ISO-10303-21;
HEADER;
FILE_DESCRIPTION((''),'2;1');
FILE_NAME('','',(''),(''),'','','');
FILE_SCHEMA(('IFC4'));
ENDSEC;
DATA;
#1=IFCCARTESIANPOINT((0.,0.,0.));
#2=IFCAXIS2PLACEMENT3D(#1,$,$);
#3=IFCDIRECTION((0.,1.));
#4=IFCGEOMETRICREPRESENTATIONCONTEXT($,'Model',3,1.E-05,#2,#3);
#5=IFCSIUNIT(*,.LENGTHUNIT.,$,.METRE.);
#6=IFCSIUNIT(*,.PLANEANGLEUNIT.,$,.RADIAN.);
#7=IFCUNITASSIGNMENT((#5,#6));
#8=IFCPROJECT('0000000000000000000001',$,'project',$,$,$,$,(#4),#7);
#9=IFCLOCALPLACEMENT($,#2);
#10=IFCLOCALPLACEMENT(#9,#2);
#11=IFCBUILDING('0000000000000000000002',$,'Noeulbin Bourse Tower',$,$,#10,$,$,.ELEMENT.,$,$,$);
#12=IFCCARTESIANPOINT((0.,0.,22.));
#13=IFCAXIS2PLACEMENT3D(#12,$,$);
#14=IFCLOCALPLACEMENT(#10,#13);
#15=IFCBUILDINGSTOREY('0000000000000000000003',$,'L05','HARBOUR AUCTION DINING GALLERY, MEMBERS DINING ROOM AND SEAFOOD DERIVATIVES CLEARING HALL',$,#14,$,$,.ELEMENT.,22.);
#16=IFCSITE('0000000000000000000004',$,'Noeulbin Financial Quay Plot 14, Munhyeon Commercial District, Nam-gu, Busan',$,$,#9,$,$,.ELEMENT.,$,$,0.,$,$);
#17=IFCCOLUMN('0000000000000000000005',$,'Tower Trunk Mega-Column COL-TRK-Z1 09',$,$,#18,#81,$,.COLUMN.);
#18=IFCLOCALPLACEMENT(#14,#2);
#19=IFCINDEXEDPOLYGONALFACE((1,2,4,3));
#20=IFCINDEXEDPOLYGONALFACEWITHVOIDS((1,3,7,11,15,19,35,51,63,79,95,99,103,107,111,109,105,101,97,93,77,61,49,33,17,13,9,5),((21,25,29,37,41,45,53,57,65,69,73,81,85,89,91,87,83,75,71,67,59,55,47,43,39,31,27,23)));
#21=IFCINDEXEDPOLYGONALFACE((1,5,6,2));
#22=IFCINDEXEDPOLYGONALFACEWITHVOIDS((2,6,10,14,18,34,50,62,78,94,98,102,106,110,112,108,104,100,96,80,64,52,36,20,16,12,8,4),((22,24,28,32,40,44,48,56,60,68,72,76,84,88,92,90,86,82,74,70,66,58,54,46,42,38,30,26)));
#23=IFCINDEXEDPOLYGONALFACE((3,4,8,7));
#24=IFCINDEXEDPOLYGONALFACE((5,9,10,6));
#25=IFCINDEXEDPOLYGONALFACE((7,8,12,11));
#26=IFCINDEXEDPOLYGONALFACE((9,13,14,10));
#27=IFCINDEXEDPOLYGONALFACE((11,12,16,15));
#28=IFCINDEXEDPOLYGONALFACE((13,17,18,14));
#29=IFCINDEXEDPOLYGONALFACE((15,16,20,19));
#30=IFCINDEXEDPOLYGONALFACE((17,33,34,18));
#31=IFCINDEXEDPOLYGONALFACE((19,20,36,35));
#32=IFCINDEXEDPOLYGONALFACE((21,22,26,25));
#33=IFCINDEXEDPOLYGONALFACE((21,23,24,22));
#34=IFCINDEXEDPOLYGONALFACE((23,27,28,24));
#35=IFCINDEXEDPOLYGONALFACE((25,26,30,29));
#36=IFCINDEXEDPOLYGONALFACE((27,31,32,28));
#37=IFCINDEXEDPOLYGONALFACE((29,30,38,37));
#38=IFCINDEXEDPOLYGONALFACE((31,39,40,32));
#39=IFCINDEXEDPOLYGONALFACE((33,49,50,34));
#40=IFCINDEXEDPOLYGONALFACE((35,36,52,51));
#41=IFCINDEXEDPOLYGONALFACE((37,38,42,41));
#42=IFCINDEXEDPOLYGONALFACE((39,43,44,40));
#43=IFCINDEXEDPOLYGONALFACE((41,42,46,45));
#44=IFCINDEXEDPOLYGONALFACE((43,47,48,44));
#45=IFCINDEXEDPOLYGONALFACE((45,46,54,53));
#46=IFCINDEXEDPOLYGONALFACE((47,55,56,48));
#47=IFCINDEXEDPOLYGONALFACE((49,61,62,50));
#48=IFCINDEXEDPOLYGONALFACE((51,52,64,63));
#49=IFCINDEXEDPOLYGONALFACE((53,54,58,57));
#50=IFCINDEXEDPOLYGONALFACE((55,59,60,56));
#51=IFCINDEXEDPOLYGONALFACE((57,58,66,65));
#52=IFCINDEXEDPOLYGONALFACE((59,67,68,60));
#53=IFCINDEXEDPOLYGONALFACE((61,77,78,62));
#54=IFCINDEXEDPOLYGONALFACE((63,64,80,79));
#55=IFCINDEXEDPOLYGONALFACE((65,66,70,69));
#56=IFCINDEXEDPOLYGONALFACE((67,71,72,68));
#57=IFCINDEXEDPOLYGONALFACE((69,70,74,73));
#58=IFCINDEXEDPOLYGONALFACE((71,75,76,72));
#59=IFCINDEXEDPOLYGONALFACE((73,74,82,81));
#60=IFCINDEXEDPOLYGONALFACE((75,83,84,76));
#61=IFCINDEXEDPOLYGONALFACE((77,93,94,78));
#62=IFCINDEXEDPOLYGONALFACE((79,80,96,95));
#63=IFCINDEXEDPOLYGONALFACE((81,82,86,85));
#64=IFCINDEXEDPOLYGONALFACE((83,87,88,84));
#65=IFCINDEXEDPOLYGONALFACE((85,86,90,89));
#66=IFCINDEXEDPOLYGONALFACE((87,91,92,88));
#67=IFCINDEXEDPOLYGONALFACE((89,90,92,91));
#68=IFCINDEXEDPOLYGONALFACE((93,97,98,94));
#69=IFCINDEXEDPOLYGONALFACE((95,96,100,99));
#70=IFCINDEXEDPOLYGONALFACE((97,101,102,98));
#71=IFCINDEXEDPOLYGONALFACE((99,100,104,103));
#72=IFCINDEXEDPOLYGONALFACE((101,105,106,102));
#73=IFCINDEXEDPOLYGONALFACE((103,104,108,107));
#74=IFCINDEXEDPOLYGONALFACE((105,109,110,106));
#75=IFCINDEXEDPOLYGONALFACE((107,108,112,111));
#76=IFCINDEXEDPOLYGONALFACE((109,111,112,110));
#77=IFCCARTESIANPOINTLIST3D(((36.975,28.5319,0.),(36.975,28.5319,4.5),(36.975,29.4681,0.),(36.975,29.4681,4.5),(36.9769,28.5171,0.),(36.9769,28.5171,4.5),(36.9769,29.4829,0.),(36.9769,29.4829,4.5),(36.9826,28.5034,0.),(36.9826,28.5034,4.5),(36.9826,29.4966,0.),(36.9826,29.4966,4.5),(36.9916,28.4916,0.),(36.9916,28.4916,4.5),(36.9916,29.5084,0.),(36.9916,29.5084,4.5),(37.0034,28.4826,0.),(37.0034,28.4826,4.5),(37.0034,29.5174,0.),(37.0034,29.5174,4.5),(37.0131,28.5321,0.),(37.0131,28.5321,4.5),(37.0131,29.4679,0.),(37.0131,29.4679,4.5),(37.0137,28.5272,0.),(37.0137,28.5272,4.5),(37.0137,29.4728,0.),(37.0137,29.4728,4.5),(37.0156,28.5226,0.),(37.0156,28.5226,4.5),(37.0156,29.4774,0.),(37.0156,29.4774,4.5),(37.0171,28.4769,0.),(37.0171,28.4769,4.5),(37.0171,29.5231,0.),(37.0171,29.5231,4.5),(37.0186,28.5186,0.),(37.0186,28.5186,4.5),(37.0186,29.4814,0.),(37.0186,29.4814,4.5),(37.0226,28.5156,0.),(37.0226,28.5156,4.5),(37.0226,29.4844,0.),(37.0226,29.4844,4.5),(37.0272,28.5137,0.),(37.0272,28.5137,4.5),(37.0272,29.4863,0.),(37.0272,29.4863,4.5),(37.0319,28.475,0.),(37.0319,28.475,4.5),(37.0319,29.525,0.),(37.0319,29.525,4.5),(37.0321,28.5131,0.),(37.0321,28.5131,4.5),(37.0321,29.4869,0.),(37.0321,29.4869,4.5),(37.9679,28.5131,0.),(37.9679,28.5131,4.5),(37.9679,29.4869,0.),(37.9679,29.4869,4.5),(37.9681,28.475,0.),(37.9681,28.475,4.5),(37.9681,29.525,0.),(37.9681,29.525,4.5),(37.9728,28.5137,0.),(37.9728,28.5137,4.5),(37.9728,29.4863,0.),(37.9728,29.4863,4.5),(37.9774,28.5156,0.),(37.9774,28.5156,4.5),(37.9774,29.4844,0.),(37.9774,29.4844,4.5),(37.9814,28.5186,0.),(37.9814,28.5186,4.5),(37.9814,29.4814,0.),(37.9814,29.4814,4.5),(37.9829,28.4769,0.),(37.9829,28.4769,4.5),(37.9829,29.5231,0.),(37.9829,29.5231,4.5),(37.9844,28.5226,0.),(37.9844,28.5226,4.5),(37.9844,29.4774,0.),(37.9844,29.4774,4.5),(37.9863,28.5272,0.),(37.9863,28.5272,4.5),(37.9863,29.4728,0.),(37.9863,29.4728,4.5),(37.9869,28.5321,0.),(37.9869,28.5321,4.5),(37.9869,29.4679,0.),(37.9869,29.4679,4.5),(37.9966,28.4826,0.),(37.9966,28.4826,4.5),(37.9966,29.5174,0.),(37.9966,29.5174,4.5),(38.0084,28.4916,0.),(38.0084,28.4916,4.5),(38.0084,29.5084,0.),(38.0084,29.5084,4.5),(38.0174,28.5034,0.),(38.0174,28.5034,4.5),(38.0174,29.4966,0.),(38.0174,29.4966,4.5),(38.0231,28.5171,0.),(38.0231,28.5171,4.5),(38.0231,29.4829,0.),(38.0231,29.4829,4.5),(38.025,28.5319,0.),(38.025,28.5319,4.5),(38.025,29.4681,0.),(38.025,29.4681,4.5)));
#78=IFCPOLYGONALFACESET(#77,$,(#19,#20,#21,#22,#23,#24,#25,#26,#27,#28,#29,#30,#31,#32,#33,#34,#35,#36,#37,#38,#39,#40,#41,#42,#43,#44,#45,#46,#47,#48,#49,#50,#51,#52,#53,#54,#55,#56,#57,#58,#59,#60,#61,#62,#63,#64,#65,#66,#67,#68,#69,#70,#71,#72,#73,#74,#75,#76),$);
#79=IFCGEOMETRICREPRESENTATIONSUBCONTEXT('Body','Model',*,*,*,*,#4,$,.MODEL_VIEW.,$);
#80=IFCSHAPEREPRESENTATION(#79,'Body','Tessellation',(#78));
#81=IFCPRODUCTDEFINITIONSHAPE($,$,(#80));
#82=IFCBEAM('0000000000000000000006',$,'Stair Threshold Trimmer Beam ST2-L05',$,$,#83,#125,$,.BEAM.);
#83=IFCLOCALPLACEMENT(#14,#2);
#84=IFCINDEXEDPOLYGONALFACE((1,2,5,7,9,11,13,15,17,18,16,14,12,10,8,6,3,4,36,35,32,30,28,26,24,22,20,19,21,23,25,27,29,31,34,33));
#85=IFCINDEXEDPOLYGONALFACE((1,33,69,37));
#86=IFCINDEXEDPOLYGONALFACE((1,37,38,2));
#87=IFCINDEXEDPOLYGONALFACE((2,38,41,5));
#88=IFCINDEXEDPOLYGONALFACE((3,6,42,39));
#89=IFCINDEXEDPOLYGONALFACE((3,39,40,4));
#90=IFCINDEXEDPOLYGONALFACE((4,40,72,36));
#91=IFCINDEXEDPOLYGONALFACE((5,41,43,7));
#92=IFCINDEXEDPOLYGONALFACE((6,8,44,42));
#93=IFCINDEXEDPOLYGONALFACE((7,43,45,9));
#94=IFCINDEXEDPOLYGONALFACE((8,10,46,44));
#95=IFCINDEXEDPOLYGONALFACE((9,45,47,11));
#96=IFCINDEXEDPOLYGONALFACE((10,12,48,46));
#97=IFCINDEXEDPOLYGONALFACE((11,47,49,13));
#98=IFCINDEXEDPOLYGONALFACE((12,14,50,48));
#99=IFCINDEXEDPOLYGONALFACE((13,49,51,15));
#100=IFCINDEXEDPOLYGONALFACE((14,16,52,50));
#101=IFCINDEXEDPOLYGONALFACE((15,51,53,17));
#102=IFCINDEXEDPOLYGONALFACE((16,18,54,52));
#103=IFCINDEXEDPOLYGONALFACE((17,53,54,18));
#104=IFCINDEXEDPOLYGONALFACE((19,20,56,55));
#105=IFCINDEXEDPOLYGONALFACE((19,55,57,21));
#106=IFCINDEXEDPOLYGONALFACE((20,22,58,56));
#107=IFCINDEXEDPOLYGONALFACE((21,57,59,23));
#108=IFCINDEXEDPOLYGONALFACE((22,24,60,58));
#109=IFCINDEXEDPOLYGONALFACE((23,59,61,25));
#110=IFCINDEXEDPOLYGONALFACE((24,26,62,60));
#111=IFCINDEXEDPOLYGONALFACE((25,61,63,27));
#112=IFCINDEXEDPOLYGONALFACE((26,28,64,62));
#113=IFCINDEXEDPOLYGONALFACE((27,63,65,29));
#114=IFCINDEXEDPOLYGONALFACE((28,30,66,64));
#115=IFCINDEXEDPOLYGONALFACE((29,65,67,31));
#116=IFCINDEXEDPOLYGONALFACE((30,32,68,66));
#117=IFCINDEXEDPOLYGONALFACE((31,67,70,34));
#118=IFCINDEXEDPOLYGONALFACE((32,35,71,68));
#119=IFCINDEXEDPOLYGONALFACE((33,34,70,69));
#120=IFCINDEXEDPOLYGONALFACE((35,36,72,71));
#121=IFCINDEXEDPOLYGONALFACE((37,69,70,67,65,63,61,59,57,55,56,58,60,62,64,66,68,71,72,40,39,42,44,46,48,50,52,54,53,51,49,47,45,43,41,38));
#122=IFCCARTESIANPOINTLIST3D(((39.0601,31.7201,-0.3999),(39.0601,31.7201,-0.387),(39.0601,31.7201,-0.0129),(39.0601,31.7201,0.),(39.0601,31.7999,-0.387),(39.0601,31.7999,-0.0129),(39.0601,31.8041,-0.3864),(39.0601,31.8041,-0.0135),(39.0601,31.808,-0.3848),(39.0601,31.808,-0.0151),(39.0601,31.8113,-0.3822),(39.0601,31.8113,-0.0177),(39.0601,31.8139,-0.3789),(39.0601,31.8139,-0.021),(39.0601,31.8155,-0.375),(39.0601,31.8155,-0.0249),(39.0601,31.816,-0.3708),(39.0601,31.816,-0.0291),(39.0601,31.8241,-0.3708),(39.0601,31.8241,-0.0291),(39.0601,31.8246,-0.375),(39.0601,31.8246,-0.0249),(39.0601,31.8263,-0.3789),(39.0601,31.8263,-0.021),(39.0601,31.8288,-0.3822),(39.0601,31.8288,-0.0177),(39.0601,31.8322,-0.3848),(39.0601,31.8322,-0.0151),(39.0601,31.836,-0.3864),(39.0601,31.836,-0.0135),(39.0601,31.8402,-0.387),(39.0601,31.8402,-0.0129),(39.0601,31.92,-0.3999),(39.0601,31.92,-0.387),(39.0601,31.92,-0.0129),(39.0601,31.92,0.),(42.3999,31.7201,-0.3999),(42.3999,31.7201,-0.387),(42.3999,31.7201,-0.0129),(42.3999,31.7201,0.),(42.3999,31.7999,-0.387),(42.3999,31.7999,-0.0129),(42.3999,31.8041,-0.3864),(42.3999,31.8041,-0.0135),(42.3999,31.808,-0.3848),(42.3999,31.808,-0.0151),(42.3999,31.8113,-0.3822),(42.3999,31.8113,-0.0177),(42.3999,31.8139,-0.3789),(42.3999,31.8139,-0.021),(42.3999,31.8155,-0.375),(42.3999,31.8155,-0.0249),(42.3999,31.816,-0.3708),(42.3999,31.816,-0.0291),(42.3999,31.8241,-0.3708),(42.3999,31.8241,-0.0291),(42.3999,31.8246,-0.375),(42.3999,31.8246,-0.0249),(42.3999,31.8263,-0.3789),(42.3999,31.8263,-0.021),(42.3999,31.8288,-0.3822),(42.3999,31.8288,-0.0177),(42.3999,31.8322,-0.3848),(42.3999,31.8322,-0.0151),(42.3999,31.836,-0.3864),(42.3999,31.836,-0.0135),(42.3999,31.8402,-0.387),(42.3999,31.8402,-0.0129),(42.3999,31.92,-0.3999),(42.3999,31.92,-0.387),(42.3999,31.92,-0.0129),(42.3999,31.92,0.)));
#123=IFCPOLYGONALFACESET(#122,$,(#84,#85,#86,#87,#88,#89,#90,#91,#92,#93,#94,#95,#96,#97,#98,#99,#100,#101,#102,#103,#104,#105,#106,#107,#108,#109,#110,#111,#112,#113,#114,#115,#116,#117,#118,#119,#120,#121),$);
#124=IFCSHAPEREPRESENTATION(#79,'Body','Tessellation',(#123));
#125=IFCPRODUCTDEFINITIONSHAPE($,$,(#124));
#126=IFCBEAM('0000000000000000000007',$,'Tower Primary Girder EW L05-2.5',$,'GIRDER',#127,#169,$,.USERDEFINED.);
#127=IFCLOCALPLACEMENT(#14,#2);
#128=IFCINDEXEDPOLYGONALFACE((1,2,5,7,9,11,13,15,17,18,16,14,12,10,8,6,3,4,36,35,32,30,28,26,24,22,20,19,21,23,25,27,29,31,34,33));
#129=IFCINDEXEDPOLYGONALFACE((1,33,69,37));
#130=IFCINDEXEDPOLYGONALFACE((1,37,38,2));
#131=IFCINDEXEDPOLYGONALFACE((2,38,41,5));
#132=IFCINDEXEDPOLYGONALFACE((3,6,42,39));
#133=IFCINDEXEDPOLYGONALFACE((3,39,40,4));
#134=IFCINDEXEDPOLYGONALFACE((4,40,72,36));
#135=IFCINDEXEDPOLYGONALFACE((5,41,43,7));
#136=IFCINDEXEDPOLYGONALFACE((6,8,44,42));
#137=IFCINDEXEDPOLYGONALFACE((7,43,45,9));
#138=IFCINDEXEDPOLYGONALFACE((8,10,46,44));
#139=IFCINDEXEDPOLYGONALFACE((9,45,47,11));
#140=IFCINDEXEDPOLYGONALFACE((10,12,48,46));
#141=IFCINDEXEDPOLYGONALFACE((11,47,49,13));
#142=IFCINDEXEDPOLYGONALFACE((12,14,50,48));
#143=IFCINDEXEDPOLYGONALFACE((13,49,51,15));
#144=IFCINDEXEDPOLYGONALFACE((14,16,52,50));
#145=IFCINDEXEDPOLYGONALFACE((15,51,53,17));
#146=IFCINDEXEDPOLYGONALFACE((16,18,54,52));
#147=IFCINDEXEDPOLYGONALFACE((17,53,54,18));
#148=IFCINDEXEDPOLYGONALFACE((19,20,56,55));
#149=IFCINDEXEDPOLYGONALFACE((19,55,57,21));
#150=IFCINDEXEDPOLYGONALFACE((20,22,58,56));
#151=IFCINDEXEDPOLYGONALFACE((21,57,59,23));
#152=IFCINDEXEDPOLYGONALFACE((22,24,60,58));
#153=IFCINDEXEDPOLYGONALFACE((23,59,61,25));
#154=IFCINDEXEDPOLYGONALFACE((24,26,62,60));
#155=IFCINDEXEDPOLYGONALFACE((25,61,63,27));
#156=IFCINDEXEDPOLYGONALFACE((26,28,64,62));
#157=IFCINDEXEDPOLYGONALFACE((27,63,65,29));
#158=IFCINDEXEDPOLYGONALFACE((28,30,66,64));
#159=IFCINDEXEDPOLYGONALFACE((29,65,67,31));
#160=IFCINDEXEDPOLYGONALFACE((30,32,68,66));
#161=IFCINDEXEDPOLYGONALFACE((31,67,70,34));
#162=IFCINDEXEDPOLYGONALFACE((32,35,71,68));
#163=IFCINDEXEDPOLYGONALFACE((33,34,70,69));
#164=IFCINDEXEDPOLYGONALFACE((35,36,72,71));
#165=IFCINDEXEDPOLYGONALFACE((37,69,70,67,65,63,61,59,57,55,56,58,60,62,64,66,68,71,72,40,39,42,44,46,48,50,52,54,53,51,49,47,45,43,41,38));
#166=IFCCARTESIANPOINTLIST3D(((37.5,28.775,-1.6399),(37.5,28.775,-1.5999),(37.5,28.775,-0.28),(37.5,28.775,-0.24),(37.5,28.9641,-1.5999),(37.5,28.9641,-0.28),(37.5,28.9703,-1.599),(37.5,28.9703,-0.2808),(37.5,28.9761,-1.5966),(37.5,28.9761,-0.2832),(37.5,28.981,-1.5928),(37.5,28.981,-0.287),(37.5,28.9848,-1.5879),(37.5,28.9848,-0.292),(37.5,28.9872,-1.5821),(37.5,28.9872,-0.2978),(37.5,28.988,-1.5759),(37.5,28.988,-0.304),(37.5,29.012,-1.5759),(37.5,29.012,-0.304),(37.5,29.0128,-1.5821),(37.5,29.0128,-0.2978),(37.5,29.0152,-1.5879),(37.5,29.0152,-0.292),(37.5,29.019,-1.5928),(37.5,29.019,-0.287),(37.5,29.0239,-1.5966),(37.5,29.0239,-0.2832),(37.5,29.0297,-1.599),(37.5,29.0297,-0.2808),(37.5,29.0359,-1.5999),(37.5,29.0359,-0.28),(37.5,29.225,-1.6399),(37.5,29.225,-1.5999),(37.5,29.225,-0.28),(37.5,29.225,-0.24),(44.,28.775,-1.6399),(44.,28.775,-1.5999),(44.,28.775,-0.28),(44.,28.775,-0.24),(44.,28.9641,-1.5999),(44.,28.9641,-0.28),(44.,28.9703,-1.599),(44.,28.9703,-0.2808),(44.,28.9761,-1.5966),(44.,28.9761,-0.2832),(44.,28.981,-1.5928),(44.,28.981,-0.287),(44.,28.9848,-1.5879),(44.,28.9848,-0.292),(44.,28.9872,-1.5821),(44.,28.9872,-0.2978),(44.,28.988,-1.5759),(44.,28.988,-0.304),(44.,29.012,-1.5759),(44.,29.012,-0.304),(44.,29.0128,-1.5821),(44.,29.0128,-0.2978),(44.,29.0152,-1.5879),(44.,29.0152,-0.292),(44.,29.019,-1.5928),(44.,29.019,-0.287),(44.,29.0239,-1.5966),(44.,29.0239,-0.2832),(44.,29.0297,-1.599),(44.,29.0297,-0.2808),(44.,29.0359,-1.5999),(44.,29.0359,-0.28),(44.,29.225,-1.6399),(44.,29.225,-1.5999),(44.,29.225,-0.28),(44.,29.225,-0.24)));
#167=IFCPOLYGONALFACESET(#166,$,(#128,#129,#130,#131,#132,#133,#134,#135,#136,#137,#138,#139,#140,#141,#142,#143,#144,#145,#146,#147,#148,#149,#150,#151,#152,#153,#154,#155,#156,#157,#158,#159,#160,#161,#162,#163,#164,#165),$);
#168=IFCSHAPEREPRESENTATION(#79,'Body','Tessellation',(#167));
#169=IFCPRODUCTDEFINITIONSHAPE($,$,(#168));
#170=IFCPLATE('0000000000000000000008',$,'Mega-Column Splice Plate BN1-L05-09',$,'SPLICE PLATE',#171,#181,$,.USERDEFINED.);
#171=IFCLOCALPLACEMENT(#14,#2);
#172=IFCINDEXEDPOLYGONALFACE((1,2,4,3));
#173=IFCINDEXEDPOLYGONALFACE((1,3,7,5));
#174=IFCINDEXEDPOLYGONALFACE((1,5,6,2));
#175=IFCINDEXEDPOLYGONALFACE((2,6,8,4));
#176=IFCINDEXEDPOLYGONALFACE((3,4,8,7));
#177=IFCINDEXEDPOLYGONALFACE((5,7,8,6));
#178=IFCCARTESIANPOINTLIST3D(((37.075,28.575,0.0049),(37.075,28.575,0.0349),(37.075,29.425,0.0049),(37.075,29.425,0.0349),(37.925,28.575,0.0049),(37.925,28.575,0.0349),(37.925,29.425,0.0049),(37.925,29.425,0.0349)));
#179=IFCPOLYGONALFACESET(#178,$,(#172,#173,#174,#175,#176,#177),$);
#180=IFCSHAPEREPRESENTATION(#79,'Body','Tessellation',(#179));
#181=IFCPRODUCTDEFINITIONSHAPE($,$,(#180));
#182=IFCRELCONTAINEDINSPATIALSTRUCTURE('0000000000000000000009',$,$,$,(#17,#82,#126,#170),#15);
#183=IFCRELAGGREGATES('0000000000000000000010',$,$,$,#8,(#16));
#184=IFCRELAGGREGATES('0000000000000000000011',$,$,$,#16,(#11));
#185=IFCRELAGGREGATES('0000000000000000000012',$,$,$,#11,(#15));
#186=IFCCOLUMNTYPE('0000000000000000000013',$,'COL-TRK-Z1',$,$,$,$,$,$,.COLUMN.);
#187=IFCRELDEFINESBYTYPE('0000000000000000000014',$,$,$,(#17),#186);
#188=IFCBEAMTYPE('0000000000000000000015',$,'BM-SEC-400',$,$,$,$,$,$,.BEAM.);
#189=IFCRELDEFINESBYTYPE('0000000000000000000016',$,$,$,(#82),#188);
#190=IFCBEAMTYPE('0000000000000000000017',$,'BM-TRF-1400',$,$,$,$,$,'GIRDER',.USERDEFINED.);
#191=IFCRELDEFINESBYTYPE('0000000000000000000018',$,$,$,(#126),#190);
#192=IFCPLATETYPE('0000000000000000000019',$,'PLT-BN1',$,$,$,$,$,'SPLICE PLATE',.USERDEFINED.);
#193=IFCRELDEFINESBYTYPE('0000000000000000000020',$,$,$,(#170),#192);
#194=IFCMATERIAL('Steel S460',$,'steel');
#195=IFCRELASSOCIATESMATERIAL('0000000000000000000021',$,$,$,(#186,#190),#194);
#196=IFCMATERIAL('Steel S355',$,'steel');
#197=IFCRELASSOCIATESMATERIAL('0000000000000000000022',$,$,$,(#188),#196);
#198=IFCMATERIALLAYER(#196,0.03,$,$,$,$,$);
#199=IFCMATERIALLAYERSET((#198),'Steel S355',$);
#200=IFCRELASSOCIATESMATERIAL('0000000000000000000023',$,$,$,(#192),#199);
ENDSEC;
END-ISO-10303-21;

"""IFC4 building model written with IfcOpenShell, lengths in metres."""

from ifc_helpers import new_model, si_unit, direction, frame, origin, origin_2d, place, context, subcontext, project, spatial, rectangle, hollow_rectangle, i_section, extrude, material, layer, layer_set, material_profile, profile_set, type_object, element, save


model = new_model("IFC4")

# Units and contexts
model_context = context("Model", 3, precision=1e-05, world=origin(), true_north=direction((0.0, 1.0)))
body_context = subcontext(model_context, "Body", "Model", "MODEL_VIEW")
ifc_project = project(units=[si_unit("LENGTHUNIT", "METRE"), si_unit("PLANEANGLEUNIT", "RADIAN")], contexts=[model_context])

# Site, building, storey
site_placement = place(None, origin())
site = spatial("IfcSite", under=ifc_project, at=site_placement, Name="Noeulbin Financial Quay Plot 14, Munhyeon Commercial District, Nam-gu, Busan", CompositionType="ELEMENT", RefElevation=0.0)
building_placement = place(site_placement, origin())
building = spatial("IfcBuilding", under=site, at=building_placement, Name="Noeulbin Bourse Tower", CompositionType="ELEMENT")
storey_placement = place(building_placement, frame((0.0, 0.0, 22.0)))
storey = spatial("IfcBuildingStorey", under=building, at=storey_placement, Name="L05", Description="HARBOUR AUCTION DINING GALLERY, MEMBERS DINING ROOM AND SEAFOOD DERIVATIVES CLEARING HALL", CompositionType="ELEMENT", Elevation=22.0)

# Column
ifc_material_1 = material(Name="Steel S460", Category="steel")
ifc_material_profile_1 = material_profile(ifc_material_1, hollow_rectangle(XDim=1.05, YDim=1.05, WallThickness=0.0381, InnerFilletRadius=0.019, OuterFilletRadius=0.0569, at=origin_2d()), Name="BOX-1050x1050x38", Category="LoadBearing")
ifc_profile_set_1 = profile_set([ifc_material_profile_1], Name="Steel S460")
column_type = type_object("IfcColumnType", Name="COL-TRK-Z1", PredefinedType="COLUMN", material=ifc_profile_set_1)
column_placement = place(storey_placement, frame((37.5, 29.0, 0.0), z_axis=(0.0, 0.0, 1.0), x_axis=(1.0, 0.0, 0.0)))
element("IfcColumn", 1, at=column_placement, inside=storey, type_object=column_type, Name="Tower Trunk Mega-Column COL-TRK-Z1 09", PredefinedType="COLUMN", context=body_context, shape_type="SweptSolid", body=[
    extrude(hollow_rectangle(XDim=1.05, YDim=1.05, WallThickness=0.0381, InnerFilletRadius=0.019, OuterFilletRadius=0.0569, at=origin_2d()), origin(), (0.0, 0.0, 1.0), 4.5),
])

# Beams
ifc_material_2 = material(Name="Steel S355", Category="steel")
ifc_material_profile_2 = material_profile(ifc_material_2, i_section(OverallWidth=0.2, OverallDepth=0.3999, WebThickness=0.0081, FlangeThickness=0.0129, FilletRadius=0.0161, at=origin_2d()), Name="H-400x200x8x13", Category="LoadBearing")
ifc_profile_set_2 = profile_set([ifc_material_profile_2], Name="Steel S355")
beam_type_1 = type_object("IfcBeamType", Name="BM-SEC-400", PredefinedType="BEAM", material=ifc_profile_set_2)
beam_1_placement = place(storey_placement, frame((39.0601, 31.8201, -0.2), z_axis=(1.0, 0.0, 0.0), x_axis=(0.0, 1.0, 0.0)))
element("IfcBeam", 2, at=beam_1_placement, inside=storey, type_object=beam_type_1, Name="Stair Threshold Trimmer Beam ST2-L05", PredefinedType="BEAM", context=body_context, shape_type="SweptSolid", body=[
    extrude(i_section(OverallWidth=0.2, OverallDepth=0.3999, WebThickness=0.0081, FlangeThickness=0.0129, FilletRadius=0.0161, at=origin_2d()), origin(), (0.0, 0.0, 1.0), 3.3398),
])
ifc_material_profile_3 = material_profile(ifc_material_1, i_section(OverallWidth=0.45, OverallDepth=1.3999, WebThickness=0.0239, FlangeThickness=0.04, FilletRadius=0.0239, at=origin_2d()), Name="PG-1400x450x24x40", Category="LoadBearing")
ifc_profile_set_3 = profile_set([ifc_material_profile_3], Name="Steel S460")
beam_type_2 = type_object("IfcBeamType", Name="BM-TRF-1400", ElementType="GIRDER", PredefinedType="USERDEFINED", material=ifc_profile_set_3)
beam_2_placement = place(storey_placement, frame((37.5, 29.0, -0.9399), z_axis=(1.0, 0.0, 0.0), x_axis=(0.0, 1.0, 0.0)))
element("IfcBeam", 3, at=beam_2_placement, inside=storey, type_object=beam_type_2, Name="Tower Primary Girder EW L05-2.5", ObjectType="GIRDER", PredefinedType="USERDEFINED", context=body_context, shape_type="SweptSolid", body=[
    extrude(i_section(OverallWidth=0.45, OverallDepth=1.3999, WebThickness=0.0239, FlangeThickness=0.04, FilletRadius=0.0239, at=origin_2d()), origin(), (0.0, 0.0, 1.0), 6.5),
])

# Plate
ifc_layer_1 = layer(ifc_material_2, 0.03)
ifc_layer_set_1 = layer_set([ifc_layer_1], Name="Steel S355")
plate_type = type_object("IfcPlateType", Name="PLT-BN1", ElementType="SPLICE PLATE", PredefinedType="USERDEFINED", material=ifc_layer_set_1)
plate_placement = place(storey_placement, frame((37.5, 29.0, 0.0049), z_axis=(0.0, 0.0, 1.0), x_axis=(1.0, 0.0, 0.0)))
element("IfcPlate", 4, at=plate_placement, inside=storey, type_object=plate_type, Name="Mega-Column Splice Plate BN1-L05-09", ObjectType="SPLICE PLATE", PredefinedType="USERDEFINED", context=body_context, shape_type="SweptSolid", body=[
    extrude(rectangle(XDim=0.8501, YDim=0.8501, at=origin_2d()), origin(), (0.0, 0.0, 1.0), 0.03),
])

save(model, "model.ifc")
